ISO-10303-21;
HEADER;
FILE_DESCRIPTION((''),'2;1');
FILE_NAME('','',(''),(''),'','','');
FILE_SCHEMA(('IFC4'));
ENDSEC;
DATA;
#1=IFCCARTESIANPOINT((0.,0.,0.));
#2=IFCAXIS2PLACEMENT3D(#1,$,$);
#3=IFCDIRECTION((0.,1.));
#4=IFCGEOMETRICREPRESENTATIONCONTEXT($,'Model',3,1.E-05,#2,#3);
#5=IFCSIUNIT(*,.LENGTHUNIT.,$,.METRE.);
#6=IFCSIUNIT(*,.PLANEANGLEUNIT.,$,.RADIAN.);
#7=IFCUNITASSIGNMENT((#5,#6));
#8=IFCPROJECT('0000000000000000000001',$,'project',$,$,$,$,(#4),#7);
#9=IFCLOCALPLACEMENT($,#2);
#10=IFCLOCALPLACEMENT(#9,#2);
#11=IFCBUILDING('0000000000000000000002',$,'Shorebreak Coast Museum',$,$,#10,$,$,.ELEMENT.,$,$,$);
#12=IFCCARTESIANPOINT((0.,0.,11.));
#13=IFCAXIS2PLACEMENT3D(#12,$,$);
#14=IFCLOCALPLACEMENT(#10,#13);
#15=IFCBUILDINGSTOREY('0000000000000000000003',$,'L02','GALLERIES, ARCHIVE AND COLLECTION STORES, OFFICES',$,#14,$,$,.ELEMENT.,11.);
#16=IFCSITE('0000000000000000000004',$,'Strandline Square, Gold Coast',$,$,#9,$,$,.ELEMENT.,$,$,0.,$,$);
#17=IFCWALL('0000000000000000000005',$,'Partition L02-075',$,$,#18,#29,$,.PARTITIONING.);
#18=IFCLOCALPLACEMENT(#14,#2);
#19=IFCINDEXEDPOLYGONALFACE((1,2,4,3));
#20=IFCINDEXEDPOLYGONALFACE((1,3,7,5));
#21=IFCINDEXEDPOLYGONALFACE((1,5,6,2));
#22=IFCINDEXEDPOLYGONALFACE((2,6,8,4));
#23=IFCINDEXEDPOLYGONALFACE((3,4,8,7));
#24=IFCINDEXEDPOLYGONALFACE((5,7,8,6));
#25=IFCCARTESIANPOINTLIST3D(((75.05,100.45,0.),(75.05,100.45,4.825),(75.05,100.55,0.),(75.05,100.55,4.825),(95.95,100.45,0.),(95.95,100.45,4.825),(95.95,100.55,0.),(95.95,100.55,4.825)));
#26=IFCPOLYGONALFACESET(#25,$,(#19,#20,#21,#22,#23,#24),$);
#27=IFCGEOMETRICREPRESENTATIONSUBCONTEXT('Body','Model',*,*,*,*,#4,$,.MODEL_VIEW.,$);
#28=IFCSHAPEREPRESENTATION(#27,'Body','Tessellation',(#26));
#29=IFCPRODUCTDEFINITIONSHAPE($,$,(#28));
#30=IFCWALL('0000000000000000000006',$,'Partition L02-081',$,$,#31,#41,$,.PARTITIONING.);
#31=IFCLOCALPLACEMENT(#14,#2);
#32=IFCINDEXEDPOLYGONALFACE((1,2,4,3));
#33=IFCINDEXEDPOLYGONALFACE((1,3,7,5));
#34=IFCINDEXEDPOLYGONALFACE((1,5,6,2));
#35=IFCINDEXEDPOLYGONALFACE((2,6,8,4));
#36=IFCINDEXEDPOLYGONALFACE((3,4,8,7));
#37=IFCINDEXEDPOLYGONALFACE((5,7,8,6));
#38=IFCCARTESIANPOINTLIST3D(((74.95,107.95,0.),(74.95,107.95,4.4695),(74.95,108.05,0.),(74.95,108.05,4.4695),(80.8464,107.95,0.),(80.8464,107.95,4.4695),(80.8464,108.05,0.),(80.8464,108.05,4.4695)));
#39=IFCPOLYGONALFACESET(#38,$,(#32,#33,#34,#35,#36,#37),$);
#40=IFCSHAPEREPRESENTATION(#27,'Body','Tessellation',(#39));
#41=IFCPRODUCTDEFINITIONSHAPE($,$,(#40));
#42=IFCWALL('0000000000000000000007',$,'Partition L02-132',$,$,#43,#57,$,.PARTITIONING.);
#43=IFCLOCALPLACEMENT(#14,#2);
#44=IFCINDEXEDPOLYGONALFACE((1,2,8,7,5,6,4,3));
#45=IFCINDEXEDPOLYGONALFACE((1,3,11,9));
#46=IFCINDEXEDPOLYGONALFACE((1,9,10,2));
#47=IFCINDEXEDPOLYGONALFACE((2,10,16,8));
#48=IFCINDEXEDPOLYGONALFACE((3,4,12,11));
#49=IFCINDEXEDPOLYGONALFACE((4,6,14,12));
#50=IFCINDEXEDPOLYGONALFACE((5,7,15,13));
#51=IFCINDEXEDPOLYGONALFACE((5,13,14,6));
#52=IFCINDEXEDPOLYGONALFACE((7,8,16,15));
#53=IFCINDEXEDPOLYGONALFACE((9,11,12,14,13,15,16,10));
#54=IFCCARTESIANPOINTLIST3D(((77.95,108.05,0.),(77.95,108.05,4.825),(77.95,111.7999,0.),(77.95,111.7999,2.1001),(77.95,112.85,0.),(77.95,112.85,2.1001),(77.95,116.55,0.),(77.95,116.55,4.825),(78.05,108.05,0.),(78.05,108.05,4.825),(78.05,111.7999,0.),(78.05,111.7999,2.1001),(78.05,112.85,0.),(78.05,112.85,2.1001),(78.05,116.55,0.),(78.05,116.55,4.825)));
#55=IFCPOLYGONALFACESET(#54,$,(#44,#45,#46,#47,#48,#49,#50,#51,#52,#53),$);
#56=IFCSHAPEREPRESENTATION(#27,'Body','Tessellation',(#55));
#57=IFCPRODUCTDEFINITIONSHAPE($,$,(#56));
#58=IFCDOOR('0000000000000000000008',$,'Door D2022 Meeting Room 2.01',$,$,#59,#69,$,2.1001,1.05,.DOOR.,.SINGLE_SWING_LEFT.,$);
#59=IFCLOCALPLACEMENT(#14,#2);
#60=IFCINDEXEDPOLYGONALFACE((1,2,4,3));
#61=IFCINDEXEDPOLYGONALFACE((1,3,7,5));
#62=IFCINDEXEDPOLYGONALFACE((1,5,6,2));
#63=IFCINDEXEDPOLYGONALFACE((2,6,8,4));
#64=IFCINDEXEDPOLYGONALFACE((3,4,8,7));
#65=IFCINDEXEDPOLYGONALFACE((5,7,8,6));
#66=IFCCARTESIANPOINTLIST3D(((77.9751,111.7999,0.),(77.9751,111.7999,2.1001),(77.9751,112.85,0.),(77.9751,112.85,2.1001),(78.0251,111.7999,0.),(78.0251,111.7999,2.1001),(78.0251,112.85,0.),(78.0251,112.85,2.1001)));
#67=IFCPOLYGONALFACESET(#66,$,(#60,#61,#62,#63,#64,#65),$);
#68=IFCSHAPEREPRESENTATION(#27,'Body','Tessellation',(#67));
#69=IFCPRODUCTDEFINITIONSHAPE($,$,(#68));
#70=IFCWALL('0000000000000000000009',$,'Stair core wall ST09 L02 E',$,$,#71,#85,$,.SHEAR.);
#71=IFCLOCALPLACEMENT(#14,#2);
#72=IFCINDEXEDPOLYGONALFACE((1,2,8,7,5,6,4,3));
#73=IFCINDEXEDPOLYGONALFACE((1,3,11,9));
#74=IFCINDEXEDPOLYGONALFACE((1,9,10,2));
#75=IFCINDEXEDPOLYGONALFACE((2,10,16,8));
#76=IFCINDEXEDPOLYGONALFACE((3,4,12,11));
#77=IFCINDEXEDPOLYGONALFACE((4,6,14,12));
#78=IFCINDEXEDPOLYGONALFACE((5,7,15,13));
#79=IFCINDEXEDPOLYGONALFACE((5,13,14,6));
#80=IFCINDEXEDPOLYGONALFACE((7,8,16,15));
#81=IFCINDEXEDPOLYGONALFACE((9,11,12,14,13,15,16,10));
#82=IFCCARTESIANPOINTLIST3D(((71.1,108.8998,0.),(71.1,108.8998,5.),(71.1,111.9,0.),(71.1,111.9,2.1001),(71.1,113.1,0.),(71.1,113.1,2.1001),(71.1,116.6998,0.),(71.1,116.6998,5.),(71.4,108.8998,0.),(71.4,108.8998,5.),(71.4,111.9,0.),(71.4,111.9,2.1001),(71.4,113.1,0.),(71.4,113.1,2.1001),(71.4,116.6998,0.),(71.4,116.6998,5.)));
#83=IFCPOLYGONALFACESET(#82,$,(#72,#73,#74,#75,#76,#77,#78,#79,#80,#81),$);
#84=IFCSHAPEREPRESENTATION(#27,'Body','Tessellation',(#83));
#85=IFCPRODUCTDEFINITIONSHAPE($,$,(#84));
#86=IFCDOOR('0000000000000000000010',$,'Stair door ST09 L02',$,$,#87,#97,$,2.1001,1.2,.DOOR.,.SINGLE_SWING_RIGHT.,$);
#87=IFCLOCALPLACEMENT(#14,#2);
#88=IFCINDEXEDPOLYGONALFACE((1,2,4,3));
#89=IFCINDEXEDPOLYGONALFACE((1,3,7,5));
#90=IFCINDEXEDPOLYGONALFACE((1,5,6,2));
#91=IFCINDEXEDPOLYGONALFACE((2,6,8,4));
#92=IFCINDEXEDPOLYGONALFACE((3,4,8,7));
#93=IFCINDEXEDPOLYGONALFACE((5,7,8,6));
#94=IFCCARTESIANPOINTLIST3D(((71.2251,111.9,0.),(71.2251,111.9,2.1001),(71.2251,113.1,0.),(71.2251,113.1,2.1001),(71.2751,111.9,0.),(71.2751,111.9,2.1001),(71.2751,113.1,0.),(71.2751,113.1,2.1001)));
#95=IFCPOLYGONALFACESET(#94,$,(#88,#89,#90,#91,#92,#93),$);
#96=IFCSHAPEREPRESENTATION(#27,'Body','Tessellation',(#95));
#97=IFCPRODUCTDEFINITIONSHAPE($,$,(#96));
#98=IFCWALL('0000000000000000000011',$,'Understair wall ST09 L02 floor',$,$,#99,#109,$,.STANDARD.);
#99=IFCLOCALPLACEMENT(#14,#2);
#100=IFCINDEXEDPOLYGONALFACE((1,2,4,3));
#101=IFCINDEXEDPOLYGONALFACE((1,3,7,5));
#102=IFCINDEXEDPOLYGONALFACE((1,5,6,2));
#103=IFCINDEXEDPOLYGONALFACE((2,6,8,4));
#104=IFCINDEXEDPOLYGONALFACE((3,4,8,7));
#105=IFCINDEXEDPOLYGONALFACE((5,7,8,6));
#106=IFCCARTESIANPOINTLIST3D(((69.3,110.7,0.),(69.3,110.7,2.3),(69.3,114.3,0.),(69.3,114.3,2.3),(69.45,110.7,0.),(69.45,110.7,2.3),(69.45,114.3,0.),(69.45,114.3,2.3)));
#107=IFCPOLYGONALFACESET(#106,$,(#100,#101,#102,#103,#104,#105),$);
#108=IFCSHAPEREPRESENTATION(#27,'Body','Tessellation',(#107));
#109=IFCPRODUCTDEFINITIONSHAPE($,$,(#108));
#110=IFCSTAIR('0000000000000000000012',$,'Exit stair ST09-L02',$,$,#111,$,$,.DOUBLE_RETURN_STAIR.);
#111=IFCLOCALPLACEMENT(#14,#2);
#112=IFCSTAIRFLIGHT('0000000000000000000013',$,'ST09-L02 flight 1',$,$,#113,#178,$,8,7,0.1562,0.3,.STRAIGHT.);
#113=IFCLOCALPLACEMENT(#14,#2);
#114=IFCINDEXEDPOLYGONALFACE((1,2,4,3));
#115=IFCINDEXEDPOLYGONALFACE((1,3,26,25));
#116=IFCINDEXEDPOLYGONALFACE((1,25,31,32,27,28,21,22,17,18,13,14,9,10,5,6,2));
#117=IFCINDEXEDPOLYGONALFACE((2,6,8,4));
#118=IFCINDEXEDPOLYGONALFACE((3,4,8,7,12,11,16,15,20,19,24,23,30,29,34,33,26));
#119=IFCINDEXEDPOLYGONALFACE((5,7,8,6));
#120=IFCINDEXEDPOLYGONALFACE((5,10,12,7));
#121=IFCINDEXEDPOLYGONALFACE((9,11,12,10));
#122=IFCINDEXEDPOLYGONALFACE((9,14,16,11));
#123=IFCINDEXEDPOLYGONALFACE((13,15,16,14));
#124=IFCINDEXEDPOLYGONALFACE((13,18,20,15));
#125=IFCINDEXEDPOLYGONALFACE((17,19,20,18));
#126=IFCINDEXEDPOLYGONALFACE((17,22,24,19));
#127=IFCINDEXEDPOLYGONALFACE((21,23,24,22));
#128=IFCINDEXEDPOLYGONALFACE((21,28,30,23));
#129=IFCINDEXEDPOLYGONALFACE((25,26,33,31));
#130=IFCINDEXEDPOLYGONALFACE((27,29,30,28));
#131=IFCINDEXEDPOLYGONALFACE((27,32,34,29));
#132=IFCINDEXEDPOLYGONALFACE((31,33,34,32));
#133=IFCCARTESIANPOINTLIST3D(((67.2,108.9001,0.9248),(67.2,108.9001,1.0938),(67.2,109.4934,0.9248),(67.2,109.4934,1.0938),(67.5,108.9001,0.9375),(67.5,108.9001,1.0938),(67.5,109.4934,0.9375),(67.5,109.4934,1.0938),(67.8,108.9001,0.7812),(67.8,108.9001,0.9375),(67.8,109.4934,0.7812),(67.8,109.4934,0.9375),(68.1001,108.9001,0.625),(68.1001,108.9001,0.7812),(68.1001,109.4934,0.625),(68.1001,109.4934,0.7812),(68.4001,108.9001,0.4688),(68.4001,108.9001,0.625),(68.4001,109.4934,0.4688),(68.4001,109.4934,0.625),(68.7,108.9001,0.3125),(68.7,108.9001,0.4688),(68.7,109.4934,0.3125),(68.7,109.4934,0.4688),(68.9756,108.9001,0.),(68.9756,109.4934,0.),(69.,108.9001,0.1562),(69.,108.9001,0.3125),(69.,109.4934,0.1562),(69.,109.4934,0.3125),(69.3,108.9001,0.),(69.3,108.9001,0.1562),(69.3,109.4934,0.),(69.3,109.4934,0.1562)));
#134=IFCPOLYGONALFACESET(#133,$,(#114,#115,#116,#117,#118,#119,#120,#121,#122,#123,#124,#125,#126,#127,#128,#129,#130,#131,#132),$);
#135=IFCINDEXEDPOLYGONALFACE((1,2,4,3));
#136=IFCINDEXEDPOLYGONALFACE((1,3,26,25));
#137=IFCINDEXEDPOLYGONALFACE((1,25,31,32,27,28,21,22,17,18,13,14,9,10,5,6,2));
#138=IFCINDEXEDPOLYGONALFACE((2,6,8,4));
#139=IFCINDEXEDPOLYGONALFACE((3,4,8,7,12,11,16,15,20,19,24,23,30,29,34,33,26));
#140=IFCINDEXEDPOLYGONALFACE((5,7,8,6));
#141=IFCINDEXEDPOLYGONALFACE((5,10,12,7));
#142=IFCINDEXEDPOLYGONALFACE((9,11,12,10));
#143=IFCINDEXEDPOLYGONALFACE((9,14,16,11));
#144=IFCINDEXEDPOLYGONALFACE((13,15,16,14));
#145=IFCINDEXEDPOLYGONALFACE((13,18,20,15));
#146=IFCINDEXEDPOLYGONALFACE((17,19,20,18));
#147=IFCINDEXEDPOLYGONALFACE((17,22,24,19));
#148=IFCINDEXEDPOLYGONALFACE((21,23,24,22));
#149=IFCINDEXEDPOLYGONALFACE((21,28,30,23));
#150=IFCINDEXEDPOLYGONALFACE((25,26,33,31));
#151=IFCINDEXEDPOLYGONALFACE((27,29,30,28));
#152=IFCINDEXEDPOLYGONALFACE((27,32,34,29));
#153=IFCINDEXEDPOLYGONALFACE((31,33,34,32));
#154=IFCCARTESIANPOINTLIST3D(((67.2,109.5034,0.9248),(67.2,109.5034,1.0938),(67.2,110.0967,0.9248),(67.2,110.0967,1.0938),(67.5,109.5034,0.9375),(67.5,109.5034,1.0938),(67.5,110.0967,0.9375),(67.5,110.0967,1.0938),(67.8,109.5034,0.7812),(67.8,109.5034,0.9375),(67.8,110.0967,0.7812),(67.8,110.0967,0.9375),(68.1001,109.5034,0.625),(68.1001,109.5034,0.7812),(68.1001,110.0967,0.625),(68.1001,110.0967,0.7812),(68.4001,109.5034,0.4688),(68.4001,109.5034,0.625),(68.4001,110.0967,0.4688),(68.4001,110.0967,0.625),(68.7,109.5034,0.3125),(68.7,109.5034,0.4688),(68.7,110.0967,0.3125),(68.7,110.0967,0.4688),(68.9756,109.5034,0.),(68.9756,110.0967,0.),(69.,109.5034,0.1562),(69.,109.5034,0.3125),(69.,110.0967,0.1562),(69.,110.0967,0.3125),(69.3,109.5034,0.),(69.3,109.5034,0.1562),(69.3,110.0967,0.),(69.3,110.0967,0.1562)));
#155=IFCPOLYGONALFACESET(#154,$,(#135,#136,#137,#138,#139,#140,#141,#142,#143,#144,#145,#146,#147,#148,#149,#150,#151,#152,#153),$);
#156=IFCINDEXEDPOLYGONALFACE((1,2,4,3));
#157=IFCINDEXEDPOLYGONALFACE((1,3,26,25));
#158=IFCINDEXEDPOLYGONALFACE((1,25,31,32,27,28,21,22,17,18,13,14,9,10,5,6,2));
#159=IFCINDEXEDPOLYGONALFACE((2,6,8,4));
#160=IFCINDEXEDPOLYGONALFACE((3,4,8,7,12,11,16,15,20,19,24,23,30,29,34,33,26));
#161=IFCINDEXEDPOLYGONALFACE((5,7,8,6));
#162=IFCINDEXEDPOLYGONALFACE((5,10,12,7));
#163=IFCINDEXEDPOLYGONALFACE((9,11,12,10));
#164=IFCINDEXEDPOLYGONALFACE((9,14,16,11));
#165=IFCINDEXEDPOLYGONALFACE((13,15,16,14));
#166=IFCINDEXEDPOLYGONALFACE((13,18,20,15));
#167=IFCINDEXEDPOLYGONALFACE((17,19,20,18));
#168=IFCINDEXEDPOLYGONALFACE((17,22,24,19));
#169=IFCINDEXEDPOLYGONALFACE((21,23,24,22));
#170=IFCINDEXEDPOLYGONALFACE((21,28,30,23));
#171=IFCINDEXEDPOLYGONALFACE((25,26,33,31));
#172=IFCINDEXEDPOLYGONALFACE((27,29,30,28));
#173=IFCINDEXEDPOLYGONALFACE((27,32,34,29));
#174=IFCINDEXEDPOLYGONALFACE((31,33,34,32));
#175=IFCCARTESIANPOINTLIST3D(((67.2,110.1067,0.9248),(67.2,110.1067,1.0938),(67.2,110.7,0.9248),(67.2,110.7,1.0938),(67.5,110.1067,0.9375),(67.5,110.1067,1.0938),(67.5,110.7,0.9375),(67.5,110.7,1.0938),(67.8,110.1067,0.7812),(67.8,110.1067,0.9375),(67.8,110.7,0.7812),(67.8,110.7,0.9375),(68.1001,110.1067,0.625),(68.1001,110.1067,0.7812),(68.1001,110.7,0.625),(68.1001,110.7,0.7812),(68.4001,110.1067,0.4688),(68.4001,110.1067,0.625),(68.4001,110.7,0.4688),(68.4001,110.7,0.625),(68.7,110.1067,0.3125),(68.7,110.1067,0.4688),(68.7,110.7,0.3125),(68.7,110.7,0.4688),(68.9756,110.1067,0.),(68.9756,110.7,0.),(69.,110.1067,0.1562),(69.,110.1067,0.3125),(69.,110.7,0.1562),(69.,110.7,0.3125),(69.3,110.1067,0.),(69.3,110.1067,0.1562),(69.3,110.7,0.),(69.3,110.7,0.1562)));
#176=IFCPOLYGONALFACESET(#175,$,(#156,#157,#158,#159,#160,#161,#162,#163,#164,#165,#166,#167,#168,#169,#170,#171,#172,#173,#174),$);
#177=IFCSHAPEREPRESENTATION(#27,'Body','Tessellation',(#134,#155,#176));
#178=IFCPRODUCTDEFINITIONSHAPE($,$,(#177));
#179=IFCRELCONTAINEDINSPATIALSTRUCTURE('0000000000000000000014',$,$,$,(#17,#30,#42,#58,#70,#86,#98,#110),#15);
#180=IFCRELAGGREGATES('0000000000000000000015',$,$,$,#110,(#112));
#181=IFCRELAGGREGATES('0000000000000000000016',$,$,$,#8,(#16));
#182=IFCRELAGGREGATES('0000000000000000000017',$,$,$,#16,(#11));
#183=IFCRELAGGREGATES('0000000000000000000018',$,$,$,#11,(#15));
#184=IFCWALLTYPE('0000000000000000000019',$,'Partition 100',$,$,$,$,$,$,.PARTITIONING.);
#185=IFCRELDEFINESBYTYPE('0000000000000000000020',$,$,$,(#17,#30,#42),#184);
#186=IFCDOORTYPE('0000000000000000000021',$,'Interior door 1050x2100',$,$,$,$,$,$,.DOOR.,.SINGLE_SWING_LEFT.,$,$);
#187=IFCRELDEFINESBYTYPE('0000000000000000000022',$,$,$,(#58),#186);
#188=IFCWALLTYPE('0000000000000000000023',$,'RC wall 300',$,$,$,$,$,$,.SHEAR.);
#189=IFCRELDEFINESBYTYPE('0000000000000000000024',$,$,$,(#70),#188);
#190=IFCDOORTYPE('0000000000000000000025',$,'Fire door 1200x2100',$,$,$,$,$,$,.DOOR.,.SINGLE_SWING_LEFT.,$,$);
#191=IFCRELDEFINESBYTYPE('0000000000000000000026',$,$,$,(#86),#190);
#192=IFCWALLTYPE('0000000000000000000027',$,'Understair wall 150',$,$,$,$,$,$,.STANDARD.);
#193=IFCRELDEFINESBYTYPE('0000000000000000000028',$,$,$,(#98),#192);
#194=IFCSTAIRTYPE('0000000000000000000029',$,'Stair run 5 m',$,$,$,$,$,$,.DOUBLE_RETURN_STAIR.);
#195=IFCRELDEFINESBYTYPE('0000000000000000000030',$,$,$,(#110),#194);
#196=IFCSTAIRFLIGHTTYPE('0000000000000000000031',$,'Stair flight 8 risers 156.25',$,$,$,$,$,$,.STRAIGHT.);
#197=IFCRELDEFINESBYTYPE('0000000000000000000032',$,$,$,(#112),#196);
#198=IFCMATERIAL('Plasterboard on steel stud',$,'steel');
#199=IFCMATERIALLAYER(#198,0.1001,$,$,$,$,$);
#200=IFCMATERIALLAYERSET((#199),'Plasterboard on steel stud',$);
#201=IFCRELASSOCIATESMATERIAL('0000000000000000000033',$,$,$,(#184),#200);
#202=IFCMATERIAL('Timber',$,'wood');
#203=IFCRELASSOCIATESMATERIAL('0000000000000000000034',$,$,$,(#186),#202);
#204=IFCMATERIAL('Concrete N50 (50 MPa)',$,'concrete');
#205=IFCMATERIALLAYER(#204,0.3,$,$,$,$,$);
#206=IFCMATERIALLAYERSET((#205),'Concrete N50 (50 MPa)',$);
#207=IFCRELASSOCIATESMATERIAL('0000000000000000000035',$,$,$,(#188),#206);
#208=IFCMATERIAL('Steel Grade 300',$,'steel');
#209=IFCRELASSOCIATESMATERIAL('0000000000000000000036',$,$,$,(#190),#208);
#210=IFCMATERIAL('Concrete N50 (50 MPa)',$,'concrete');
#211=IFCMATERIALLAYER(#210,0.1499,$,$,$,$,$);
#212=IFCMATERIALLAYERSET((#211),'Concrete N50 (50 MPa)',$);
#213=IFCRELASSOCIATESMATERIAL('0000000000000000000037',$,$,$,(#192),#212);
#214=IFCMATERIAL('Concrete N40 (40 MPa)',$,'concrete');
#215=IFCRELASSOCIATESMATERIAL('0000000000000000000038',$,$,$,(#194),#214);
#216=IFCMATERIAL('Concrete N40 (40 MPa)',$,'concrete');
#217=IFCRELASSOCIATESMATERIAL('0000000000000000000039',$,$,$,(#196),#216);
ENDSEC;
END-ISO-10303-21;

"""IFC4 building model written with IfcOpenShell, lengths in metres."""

from ifc_helpers import new_model, si_unit, direction, frame, frame_2d, origin, place, context, subcontext, project, spatial, polyline, rectangle, outline, extrude, material, layer, layer_set, type_object, element, fill, aggregate, save


model = new_model("IFC4")

# Units and contexts
model_context = context("Model", 3, precision=1e-05, world=origin(), true_north=direction((0.0, 1.0)))
body_context = subcontext(model_context, "Body", "Model", "MODEL_VIEW")
ifc_project = project(units=[si_unit("LENGTHUNIT", "METRE"), si_unit("PLANEANGLEUNIT", "RADIAN")], contexts=[model_context])

# Site, building, storey
site_placement = place(None, origin())
site = spatial("IfcSite", under=ifc_project, at=site_placement, Name="Strandline Square, Gold Coast", CompositionType="ELEMENT", RefElevation=0.0)
building_placement = place(site_placement, origin())
building = spatial("IfcBuilding", under=site, at=building_placement, Name="Shorebreak Coast Museum", CompositionType="ELEMENT")
storey_placement = place(building_placement, frame((0.0, 0.0, 11.0)))
storey = spatial("IfcBuildingStorey", under=building, at=storey_placement, Name="L02", Description="GALLERIES, ARCHIVE AND COLLECTION STORES, OFFICES", CompositionType="ELEMENT", Elevation=11.0)

# Walls
ifc_material_1 = material(Name="Plasterboard on steel stud", Category="steel")
ifc_layer_1 = layer(ifc_material_1, 0.1001)
ifc_layer_set_1 = layer_set([ifc_layer_1], Name="Plasterboard on steel stud")
wall_type_1 = type_object("IfcWallType", Name="Partition 100", PredefinedType="PARTITIONING", material=ifc_layer_set_1)
wall_1_placement = place(storey_placement, frame((75.05, 100.5, 0.0), z_axis=(0.0, 0.0, 1.0), x_axis=(1.0, 0.0, 0.0)))
element("IfcWall", 1, at=wall_1_placement, inside=storey, type_object=wall_type_1, Name="Partition L02-075", PredefinedType="PARTITIONING", context=body_context, shape_type="SweptSolid", body=[
    extrude(rectangle(XDim=20.8999, YDim=0.1001, at=frame_2d((10.45, 0.0))), origin(), (0.0, 0.0, 1.0), 4.825),
])
wall_2_placement = place(storey_placement, frame((74.95, 108.0, 0.0), z_axis=(0.0, 0.0, 1.0), x_axis=(1.0, 0.0, 0.0)))
element("IfcWall", 2, at=wall_2_placement, inside=storey, type_object=wall_type_1, Name="Partition L02-081", PredefinedType="PARTITIONING", context=body_context, shape_type="SweptSolid", body=[
    extrude(rectangle(XDim=5.8965, YDim=0.1001, at=frame_2d((2.9482, 0.0))), origin(), (0.0, 0.0, 1.0), 4.4695),
])

# Walls, openings, doors
wall_3_placement = place(storey_placement, frame((78.0, 108.05, 0.0), z_axis=(0.0, 0.0, 1.0), x_axis=(0.0, 1.0, 0.0)))
wall_3 = element("IfcWall", 3, at=wall_3_placement, inside=storey, type_object=wall_type_1, Name="Partition L02-132", PredefinedType="PARTITIONING", context=body_context, shape_type="SweptSolid", body=[
    extrude(rectangle(XDim=8.5, YDim=0.1001, at=frame_2d((4.25, 0.0))), origin(), (0.0, 0.0, 1.0), 4.825),
])
opening_1_placement = place(wall_3_placement, frame((3.75, 0.0, 0.0)))
opening_1 = element("IfcOpeningElement", 4, at=opening_1_placement, cuts=wall_3, PredefinedType="OPENING", context=body_context, shape_type="SweptSolid", body=[
    extrude(rectangle(XDim=1.05, YDim=2.1001, at=frame_2d((0.5249, 1.05))), frame((0.0, 0.0601, 0.0), z_axis=(0.0, -1.0, 0.0), x_axis=(1.0, 0.0, 0.0)), (0.0, 0.0, 1.0), 0.1201),
])
ifc_material_2 = material(Name="Timber", Category="wood")
door_type_1 = type_object("IfcDoorType", Name="Interior door 1050x2100", OperationType="SINGLE_SWING_LEFT", PredefinedType="DOOR", material=ifc_material_2)
door_1_placement = place(opening_1_placement, origin())
door_1 = element("IfcDoor", 5, at=door_1_placement, inside=storey, type_object=door_type_1, Name="Door D2022 Meeting Room 2.01", OperationType="SINGLE_SWING_LEFT", OverallHeight=2.1001, OverallWidth=1.05, PredefinedType="DOOR", context=body_context, shape_type="SweptSolid", body=[
    extrude(rectangle(XDim=1.05, YDim=2.1001, at=frame_2d((0.5249, 1.05))), frame((0.0, 0.0249, 0.0), z_axis=(0.0, -1.0, 0.0), x_axis=(1.0, 0.0, 0.0)), (0.0, 0.0, 1.0), 0.05),
])
fill(opening_1, door_1)
ifc_material_3 = material(Name="Concrete N50 (50 MPa)", Category="concrete")
ifc_layer_2 = layer(ifc_material_3, 0.3)
ifc_layer_set_2 = layer_set([ifc_layer_2], Name="Concrete N50 (50 MPa)")
wall_type_2 = type_object("IfcWallType", Name="RC wall 300", PredefinedType="SHEAR", material=ifc_layer_set_2)
wall_4_placement = place(storey_placement, frame((71.25, 108.8999, 0.0), z_axis=(0.0, 0.0, 1.0), x_axis=(0.0, 1.0, 0.0)))
wall_4 = element("IfcWall", 6, at=wall_4_placement, inside=storey, type_object=wall_type_2, Name="Stair core wall ST09 L02 E", PredefinedType="SHEAR", context=body_context, shape_type="SweptSolid", body=[
    extrude(rectangle(XDim=7.8, YDim=0.3, at=frame_2d((3.8999, 0.0))), origin(), (0.0, 0.0, 1.0), 5.0),
])
opening_2_placement = place(wall_4_placement, frame((3.0, 0.0, 0.0)))
opening_2 = element("IfcOpeningElement", 7, at=opening_2_placement, cuts=wall_4, PredefinedType="OPENING", context=body_context, shape_type="SweptSolid", body=[
    extrude(rectangle(XDim=1.2, YDim=2.1001, at=frame_2d((0.6001, 1.05))), frame((0.0, 0.1599, 0.0), z_axis=(0.0, -1.0, 0.0), x_axis=(1.0, 0.0, 0.0)), (0.0, 0.0, 1.0), 0.3201),
])
ifc_material_4 = material(Name="Steel Grade 300", Category="steel")
door_type_2 = type_object("IfcDoorType", Name="Fire door 1200x2100", OperationType="SINGLE_SWING_LEFT", PredefinedType="DOOR", material=ifc_material_4)
door_2_placement = place(opening_2_placement, origin())
door_2 = element("IfcDoor", 8, at=door_2_placement, inside=storey, type_object=door_type_2, Name="Stair door ST09 L02", OperationType="SINGLE_SWING_RIGHT", OverallHeight=2.1001, OverallWidth=1.2, PredefinedType="DOOR", context=body_context, shape_type="SweptSolid", body=[
    extrude(rectangle(XDim=1.2, YDim=2.1001, at=frame_2d((0.6001, 1.05))), frame((0.0, 0.0249, 0.0), z_axis=(0.0, -1.0, 0.0), x_axis=(1.0, 0.0, 0.0)), (0.0, 0.0, 1.0), 0.05),
])
fill(opening_2, door_2)

# Wall
ifc_material_5 = material(Name="Concrete N50 (50 MPa)", Category="concrete")
ifc_layer_3 = layer(ifc_material_5, 0.1499)
ifc_layer_set_3 = layer_set([ifc_layer_3], Name="Concrete N50 (50 MPa)")
wall_type_3 = type_object("IfcWallType", Name="Understair wall 150", PredefinedType="STANDARD", material=ifc_layer_set_3)
wall_5_placement = place(storey_placement, frame((69.375, 110.7, 0.0), z_axis=(0.0, 0.0, 1.0), x_axis=(0.0, 1.0, 0.0)))
element("IfcWall", 9, at=wall_5_placement, inside=storey, type_object=wall_type_3, Name="Understair wall ST09 L02 floor", PredefinedType="STANDARD", context=body_context, shape_type="SweptSolid", body=[
    extrude(rectangle(XDim=3.6001, YDim=0.1499, at=frame_2d((1.8, 0.0))), origin(), (0.0, 0.0, 1.0), 2.3),
])

# Stair, stair flight
ifc_material_6 = material(Name="Concrete N40 (40 MPa)", Category="concrete")
stair_type = type_object("IfcStairType", Name="Stair run 5 m", PredefinedType="DOUBLE_RETURN_STAIR", material=ifc_material_6)
stair_placement = place(storey_placement, origin())
stair = element("IfcStair", 10, at=stair_placement, inside=storey, type_object=stair_type, Name="Exit stair ST09-L02", PredefinedType="DOUBLE_RETURN_STAIR")
ifc_material_7 = material(Name="Concrete N40 (40 MPa)", Category="concrete")
stair_flight_type = type_object("IfcStairFlightType", Name="Stair flight 8 risers 156.25", PredefinedType="STRAIGHT", material=ifc_material_7)
stair_flight_placement = place(storey_placement, frame((69.3, 109.8, 0.0), z_axis=(0.0, 0.0, 1.0), x_axis=(-1.0, 0.0, 0.0)))
stair_flight = element("IfcStairFlight", 11, at=stair_flight_placement, type_object=stair_flight_type, Name="ST09-L02 flight 1", NumberOfRisers=8, NumberOfTreads=7, PredefinedType="STRAIGHT", RiserHeight=0.1562, TreadLength=0.3, context=body_context, shape_type="SweptSolid", body=[
    extrude(outline(polyline([(0.0, 0.0), (0.0, 0.1562), (0.3, 0.1562), (0.3, 0.3125), (0.6001, 0.3125), (0.6001, 0.4688), (0.8999, 0.4688), (0.8999, 0.625), (1.2, 0.625), (1.2, 0.7812), (1.5, 0.7812), (1.5, 0.9375), (1.8, 0.9375), (1.8, 1.0938), (2.1001, 1.0938), (2.1001, 1.25), (2.1001, 0.9248), (0.3245, 0.0), (0.0, 0.0)])), frame((0.0, 0.8999, 0.0), z_axis=(0.0, -1.0, 0.0), x_axis=(1.0, 0.0, 0.0)), (0.0, 0.0, 1.0), 0.5933),
    extrude(outline(polyline([(0.0, 0.0), (0.0, 0.1562), (0.3, 0.1562), (0.3, 0.3125), (0.6001, 0.3125), (0.6001, 0.4688), (0.8999, 0.4688), (0.8999, 0.625), (1.2, 0.625), (1.2, 0.7812), (1.5, 0.7812), (1.5, 0.9375), (1.8, 0.9375), (1.8, 1.0938), (2.1001, 1.0938), (2.1001, 1.25), (2.1001, 0.9248), (0.3245, 0.0), (0.0, 0.0)])), frame((0.0, 0.2966, 0.0), z_axis=(0.0, -1.0, 0.0), x_axis=(1.0, 0.0, 0.0)), (0.0, 0.0, 1.0), 0.5933),
    extrude(outline(polyline([(0.0, 0.0), (0.0, 0.1562), (0.3, 0.1562), (0.3, 0.3125), (0.6001, 0.3125), (0.6001, 0.4688), (0.8999, 0.4688), (0.8999, 0.625), (1.2, 0.625), (1.2, 0.7812), (1.5, 0.7812), (1.5, 0.9375), (1.8, 0.9375), (1.8, 1.0938), (2.1001, 1.0938), (2.1001, 1.25), (2.1001, 0.9248), (0.3245, 0.0), (0.0, 0.0)])), frame((0.0, -0.3066, 0.0), z_axis=(0.0, -1.0, 0.0), x_axis=(1.0, 0.0, 0.0)), (0.0, 0.0, 1.0), 0.5933),
])
aggregate(stair, [stair_flight])

save(model, "model.ifc")
